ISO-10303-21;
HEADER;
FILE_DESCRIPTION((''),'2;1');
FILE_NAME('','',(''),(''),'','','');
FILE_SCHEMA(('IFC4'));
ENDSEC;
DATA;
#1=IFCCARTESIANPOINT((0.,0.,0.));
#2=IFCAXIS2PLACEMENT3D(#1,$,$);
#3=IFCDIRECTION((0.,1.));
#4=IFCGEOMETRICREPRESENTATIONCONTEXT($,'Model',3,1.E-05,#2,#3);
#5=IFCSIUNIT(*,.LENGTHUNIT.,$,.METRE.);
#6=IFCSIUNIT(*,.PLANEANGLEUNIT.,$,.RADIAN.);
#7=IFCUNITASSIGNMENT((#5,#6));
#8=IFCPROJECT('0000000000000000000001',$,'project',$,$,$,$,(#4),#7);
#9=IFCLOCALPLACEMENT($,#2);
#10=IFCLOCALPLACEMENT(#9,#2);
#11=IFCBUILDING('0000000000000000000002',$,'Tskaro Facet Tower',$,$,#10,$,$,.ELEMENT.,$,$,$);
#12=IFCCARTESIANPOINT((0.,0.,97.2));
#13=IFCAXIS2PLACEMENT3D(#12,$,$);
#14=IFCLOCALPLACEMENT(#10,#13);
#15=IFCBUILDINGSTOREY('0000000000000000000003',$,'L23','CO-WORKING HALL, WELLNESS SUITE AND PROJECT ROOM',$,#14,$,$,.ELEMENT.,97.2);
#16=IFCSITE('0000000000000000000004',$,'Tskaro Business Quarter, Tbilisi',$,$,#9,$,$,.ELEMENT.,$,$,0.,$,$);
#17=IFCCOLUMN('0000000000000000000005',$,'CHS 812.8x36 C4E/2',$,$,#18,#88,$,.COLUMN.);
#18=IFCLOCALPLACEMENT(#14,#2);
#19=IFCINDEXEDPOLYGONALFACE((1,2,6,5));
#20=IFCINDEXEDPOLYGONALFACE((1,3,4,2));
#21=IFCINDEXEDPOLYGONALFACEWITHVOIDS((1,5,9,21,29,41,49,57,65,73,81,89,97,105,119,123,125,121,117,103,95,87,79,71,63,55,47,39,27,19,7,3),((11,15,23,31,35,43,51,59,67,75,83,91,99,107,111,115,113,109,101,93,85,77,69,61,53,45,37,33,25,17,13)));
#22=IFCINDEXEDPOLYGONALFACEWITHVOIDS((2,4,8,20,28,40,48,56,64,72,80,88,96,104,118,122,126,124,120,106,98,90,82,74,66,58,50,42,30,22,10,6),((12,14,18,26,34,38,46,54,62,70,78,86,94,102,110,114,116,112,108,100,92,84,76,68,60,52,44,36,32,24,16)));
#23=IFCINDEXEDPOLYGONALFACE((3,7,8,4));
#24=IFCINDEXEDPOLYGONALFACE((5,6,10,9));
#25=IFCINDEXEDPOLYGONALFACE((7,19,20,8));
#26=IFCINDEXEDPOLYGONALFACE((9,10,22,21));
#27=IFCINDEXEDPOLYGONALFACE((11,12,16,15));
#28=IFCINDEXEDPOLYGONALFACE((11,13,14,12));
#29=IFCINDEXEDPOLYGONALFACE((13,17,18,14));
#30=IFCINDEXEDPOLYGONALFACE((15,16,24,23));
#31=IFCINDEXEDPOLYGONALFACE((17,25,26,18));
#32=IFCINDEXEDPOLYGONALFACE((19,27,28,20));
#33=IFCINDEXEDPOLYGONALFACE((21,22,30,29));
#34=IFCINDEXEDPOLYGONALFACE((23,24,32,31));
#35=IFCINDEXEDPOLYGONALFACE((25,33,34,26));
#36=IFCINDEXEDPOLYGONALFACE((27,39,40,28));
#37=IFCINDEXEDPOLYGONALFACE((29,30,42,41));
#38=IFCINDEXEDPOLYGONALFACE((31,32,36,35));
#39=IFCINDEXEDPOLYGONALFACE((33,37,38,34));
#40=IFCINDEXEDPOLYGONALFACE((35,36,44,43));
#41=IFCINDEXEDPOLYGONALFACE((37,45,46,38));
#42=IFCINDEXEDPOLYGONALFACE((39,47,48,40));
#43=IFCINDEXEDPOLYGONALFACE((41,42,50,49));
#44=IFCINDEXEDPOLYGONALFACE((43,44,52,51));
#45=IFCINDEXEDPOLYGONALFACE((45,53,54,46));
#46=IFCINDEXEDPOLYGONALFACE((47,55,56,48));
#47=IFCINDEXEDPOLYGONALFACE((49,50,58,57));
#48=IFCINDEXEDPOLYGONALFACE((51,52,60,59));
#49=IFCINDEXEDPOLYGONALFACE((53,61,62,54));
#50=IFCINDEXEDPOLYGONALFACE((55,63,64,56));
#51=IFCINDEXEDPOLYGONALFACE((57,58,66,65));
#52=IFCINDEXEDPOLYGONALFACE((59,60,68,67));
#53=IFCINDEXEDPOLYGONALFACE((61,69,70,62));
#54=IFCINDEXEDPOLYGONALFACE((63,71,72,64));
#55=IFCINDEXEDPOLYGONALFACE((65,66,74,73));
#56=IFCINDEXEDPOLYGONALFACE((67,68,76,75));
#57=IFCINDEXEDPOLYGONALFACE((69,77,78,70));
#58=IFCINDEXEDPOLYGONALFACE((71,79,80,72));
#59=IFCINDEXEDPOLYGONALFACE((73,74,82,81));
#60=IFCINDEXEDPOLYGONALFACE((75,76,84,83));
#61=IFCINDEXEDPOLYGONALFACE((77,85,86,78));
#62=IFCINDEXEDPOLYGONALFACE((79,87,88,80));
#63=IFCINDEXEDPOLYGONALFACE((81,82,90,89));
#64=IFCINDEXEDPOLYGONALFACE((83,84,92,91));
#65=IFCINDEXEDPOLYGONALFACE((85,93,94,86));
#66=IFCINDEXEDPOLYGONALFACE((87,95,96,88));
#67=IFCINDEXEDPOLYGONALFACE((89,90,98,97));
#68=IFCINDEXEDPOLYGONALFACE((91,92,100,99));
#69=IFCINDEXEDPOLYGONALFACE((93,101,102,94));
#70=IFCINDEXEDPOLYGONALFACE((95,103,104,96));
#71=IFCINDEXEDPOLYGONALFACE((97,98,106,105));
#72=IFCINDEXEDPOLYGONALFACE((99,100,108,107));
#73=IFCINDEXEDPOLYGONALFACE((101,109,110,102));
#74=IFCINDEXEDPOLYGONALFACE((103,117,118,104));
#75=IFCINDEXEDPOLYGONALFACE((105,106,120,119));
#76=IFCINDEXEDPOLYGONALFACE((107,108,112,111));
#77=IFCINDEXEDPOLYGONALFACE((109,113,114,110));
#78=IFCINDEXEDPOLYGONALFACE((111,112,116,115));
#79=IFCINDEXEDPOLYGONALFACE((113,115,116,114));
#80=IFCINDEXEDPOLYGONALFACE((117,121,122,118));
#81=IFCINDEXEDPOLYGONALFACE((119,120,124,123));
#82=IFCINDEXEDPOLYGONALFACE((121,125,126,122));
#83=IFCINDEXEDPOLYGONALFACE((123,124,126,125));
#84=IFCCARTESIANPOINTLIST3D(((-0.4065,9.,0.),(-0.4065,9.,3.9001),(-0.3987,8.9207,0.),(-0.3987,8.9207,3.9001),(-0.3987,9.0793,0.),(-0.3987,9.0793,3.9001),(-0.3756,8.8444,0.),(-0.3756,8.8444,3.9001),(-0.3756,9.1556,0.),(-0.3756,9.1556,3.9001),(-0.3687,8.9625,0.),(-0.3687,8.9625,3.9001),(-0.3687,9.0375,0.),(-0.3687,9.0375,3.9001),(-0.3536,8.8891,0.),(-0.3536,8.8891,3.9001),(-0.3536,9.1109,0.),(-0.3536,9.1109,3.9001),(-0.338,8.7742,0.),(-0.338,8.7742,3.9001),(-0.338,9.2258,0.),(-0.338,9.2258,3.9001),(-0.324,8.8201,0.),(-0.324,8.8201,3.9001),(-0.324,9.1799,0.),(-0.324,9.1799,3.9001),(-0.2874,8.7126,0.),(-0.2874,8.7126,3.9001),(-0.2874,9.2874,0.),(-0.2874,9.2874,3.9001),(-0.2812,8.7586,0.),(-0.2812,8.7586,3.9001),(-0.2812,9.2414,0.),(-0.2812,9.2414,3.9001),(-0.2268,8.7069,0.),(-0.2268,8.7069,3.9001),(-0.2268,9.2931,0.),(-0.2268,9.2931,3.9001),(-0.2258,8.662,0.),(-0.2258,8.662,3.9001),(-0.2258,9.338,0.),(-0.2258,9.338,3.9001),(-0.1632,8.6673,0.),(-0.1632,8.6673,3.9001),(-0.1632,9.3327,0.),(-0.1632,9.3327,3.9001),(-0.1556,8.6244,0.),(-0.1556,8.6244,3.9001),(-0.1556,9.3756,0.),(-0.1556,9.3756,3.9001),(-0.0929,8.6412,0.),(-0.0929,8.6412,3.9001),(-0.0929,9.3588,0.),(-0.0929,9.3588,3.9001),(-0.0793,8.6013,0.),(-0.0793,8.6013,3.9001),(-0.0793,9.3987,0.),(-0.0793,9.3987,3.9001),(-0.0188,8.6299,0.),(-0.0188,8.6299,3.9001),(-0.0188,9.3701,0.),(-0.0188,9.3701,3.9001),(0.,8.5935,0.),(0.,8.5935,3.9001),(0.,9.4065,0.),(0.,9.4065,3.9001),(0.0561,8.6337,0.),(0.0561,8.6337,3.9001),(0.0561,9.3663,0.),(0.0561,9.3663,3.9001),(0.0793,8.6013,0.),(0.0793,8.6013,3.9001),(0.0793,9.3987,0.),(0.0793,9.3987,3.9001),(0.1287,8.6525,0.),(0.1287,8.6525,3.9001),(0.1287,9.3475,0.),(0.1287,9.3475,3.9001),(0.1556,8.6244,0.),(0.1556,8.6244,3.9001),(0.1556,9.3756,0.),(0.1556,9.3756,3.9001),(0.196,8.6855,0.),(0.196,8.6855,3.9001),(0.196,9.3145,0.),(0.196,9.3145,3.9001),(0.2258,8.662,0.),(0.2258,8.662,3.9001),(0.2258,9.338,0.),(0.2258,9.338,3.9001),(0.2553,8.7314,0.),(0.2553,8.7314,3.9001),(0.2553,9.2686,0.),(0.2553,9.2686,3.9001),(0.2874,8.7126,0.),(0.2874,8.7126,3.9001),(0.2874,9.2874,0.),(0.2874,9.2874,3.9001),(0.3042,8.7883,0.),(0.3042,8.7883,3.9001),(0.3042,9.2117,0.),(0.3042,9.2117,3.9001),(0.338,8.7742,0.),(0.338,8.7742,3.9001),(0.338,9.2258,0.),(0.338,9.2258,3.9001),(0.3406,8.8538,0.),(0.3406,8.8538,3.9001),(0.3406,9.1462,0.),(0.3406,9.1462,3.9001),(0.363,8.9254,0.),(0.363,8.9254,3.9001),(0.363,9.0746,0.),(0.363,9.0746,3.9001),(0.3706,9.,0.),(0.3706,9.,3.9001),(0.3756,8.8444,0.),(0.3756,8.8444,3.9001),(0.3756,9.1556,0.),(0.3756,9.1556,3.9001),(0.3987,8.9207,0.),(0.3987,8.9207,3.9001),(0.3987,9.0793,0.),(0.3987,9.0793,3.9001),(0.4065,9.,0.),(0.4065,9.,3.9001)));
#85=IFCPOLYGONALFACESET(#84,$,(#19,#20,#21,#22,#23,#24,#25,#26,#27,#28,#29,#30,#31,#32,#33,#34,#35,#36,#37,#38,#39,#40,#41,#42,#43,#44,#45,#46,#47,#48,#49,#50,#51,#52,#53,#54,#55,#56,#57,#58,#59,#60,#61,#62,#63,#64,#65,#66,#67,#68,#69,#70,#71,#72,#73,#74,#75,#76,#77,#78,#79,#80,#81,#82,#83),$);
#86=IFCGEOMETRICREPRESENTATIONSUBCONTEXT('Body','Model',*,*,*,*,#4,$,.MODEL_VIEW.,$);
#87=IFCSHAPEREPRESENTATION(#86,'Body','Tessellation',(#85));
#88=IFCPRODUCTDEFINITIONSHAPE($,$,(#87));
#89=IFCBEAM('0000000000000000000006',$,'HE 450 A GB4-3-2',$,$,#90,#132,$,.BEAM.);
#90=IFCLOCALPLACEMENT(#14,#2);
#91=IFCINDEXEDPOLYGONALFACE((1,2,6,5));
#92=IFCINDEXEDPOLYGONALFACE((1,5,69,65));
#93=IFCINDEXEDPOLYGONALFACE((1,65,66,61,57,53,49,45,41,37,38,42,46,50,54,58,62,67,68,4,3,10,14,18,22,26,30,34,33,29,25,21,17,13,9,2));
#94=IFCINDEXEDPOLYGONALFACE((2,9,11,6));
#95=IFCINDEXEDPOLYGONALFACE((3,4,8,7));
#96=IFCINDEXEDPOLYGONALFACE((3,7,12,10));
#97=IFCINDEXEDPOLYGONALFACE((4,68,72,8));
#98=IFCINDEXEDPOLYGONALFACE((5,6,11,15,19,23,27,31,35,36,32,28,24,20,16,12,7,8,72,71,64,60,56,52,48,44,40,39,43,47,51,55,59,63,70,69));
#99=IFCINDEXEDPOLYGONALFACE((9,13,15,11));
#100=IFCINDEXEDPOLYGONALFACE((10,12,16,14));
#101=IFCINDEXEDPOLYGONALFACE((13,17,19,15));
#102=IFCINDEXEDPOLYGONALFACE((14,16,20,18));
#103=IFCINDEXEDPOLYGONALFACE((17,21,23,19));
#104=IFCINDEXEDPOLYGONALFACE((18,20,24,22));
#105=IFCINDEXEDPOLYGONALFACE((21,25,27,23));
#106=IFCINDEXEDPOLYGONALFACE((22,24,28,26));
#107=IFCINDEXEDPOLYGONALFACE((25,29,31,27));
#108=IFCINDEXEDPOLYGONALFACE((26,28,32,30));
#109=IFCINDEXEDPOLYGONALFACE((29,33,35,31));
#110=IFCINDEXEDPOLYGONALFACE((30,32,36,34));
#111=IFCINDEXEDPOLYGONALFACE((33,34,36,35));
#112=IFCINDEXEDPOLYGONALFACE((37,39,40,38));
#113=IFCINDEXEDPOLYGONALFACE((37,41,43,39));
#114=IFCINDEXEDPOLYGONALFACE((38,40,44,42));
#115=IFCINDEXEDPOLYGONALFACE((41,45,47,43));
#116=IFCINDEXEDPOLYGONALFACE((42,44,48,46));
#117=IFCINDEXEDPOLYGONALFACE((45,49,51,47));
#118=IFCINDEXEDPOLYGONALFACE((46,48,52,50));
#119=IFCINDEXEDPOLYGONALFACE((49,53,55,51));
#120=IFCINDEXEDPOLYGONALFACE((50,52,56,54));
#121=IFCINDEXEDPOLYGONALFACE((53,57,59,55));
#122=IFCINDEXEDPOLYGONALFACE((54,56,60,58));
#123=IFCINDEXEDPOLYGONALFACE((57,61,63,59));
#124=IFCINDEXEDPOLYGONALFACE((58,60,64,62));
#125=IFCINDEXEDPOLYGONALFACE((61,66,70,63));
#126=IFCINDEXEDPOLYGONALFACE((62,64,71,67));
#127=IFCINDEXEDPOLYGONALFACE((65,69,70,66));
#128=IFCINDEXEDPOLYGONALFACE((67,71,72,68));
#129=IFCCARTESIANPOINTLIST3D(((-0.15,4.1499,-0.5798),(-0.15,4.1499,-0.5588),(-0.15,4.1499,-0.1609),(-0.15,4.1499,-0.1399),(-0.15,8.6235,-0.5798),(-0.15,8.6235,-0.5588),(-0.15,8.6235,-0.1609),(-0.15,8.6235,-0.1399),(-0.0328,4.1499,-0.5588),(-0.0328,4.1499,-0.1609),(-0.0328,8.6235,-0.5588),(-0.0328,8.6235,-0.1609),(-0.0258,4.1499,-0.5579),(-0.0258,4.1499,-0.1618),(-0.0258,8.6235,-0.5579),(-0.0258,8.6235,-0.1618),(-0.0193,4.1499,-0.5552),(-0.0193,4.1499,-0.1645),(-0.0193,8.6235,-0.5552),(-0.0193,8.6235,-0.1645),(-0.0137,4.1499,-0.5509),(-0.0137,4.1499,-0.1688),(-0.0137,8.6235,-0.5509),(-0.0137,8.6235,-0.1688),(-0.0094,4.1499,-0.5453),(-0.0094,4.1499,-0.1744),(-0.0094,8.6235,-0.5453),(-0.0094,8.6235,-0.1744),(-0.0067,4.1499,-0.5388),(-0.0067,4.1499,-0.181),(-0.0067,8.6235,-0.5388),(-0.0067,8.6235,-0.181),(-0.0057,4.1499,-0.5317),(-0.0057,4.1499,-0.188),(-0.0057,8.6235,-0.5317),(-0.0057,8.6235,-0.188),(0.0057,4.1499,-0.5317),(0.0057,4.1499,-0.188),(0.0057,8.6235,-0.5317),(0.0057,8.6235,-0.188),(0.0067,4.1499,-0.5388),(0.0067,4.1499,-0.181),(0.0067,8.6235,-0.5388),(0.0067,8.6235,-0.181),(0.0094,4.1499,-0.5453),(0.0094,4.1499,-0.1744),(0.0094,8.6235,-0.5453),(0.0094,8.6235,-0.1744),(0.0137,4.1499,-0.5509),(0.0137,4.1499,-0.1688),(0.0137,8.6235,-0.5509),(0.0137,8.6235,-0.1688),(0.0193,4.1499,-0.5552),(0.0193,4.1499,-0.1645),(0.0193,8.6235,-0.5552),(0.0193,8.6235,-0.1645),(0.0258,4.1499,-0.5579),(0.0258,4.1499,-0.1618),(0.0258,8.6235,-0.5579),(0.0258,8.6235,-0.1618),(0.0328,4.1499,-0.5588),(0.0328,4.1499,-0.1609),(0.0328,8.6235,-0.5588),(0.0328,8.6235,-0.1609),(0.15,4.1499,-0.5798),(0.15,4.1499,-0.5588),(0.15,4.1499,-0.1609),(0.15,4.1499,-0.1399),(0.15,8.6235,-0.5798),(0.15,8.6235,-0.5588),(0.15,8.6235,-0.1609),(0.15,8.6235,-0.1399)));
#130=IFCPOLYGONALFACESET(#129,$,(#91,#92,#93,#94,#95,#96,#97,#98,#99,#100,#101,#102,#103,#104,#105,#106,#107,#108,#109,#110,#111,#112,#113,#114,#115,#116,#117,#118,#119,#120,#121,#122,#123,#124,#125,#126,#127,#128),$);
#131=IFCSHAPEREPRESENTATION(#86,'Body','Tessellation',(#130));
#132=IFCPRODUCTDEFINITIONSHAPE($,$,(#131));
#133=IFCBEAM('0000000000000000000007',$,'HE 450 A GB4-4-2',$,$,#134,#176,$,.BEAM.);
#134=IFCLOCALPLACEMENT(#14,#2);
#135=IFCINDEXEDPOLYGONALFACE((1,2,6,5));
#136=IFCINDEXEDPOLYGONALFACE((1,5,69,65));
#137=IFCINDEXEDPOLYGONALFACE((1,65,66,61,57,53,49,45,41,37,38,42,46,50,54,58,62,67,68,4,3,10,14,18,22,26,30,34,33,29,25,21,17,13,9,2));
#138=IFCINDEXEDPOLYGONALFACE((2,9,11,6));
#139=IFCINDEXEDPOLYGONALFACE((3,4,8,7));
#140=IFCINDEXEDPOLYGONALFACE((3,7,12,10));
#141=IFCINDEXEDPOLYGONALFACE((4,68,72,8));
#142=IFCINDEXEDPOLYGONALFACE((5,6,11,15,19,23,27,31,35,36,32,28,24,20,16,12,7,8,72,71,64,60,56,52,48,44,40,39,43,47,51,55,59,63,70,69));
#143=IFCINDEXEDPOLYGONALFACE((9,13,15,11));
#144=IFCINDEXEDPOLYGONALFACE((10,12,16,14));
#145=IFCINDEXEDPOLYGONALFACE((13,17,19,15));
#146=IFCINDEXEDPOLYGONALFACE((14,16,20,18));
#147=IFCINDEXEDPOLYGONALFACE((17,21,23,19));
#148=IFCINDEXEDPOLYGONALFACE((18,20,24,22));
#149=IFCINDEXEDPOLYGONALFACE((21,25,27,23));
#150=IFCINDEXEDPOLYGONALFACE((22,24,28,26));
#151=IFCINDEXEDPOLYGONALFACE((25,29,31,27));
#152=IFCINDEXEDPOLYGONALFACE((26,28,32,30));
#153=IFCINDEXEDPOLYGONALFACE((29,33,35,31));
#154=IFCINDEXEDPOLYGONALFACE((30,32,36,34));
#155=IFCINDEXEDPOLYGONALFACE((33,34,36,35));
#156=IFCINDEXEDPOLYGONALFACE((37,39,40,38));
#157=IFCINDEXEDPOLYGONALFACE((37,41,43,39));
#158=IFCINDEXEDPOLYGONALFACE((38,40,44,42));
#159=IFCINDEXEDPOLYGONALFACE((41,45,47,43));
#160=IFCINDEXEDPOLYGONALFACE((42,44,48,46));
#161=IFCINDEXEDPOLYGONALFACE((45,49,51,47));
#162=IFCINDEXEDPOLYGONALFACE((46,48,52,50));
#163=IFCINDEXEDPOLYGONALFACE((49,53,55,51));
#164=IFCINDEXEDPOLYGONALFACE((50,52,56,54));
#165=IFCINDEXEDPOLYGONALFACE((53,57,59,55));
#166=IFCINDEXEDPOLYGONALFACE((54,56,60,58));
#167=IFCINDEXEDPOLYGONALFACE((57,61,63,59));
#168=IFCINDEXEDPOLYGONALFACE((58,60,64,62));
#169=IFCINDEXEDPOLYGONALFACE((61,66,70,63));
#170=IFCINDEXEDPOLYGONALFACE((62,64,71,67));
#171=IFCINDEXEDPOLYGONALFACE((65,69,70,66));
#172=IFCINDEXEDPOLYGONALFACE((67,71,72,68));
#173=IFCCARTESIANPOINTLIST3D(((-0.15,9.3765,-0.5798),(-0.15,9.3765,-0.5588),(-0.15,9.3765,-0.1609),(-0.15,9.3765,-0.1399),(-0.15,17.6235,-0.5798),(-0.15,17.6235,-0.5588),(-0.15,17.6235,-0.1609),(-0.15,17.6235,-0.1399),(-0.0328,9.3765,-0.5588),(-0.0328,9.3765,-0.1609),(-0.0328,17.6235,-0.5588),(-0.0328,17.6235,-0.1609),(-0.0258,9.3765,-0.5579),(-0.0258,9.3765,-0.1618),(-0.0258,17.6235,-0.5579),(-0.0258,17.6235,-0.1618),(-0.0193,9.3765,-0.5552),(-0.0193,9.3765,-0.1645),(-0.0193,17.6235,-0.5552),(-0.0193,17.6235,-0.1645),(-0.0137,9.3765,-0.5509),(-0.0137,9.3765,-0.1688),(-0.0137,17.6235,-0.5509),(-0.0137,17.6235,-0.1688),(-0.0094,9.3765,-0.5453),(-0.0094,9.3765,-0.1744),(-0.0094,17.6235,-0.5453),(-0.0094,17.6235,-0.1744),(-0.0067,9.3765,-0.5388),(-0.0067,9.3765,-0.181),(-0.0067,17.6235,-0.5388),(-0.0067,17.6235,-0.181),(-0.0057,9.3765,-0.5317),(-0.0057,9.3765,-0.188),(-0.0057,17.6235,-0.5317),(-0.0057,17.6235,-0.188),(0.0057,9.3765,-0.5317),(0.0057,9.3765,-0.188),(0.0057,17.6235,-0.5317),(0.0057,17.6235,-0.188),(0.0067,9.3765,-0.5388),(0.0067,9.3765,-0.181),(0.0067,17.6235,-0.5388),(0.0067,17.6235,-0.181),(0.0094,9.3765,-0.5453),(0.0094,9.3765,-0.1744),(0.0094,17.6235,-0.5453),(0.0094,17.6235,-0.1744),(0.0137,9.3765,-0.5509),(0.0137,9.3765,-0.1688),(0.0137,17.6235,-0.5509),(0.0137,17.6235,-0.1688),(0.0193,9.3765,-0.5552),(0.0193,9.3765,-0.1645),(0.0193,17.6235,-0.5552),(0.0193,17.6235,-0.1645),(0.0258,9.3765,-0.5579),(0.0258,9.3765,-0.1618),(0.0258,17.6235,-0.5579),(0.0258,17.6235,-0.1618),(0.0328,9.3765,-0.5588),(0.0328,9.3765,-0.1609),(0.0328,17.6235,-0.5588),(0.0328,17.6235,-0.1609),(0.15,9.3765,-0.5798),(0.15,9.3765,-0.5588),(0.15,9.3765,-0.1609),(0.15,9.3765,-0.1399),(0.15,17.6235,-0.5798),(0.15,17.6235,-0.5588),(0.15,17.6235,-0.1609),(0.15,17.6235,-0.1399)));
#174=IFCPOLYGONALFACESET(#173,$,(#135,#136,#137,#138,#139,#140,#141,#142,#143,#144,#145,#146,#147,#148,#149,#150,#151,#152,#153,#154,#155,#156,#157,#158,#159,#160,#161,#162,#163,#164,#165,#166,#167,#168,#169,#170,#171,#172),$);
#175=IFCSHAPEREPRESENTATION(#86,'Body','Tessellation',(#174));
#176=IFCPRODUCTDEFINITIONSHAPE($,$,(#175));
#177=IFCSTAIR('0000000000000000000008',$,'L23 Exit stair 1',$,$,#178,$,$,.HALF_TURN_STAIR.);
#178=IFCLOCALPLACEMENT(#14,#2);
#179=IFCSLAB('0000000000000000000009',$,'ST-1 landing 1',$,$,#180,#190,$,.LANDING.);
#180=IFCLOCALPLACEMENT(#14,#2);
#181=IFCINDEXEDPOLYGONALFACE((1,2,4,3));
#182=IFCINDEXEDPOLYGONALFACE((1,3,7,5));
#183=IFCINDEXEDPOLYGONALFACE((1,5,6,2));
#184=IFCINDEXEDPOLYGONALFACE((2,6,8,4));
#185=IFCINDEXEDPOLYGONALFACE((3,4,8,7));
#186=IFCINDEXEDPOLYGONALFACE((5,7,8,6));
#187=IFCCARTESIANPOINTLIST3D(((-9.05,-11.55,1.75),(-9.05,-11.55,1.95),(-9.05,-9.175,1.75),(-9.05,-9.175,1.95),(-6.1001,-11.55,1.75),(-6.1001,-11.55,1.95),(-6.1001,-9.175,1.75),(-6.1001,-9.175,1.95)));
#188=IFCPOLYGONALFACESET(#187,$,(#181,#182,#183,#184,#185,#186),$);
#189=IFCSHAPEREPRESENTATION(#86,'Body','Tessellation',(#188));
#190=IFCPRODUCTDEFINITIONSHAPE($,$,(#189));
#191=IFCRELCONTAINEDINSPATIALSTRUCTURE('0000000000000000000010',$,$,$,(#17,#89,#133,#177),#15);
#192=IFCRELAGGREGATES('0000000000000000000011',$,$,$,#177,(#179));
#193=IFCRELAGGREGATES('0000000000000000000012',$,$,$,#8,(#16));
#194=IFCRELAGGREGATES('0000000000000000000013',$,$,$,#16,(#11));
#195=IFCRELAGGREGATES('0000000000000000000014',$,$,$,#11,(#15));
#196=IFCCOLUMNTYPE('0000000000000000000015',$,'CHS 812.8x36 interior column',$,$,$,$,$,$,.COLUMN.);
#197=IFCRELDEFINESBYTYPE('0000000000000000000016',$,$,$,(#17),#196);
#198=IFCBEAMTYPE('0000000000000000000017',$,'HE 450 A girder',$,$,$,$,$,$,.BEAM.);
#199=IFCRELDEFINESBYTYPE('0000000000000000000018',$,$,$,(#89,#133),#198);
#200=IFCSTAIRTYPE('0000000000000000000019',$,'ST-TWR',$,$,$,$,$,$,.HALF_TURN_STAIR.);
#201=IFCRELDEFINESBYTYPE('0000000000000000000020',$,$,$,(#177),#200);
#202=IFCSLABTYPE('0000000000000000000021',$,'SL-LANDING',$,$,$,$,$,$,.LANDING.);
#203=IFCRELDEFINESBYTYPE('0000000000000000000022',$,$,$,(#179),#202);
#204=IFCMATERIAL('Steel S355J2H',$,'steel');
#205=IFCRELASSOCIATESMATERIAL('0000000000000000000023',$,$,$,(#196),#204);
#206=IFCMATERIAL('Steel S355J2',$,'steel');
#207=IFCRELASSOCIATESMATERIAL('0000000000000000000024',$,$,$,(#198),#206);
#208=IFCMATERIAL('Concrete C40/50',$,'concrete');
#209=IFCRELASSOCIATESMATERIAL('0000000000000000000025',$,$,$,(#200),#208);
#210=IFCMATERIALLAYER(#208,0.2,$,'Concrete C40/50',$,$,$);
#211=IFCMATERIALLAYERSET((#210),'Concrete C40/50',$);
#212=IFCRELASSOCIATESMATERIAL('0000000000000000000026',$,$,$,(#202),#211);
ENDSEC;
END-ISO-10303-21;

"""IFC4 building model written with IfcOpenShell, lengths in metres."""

from ifc_helpers import new_model, si_unit, direction, frame, origin, origin_2d, place, context, subcontext, project, spatial, polyline, hollow_circle, i_section, outline, extrude, material, layer, layer_set, material_profile, profile_set, type_object, element, aggregate, save


model = new_model("IFC4")

# Units and contexts
model_context = context("Model", 3, precision=1e-05, world=origin(), true_north=direction((0.0, 1.0)))
body_context = subcontext(model_context, "Body", "Model", "MODEL_VIEW")
ifc_project = project(units=[si_unit("LENGTHUNIT", "METRE"), si_unit("PLANEANGLEUNIT", "RADIAN")], contexts=[model_context])

# Site, building, storey
site_placement = place(None, origin())
site = spatial("IfcSite", under=ifc_project, at=site_placement, Name="Tskaro Business Quarter, Tbilisi", CompositionType="ELEMENT", RefElevation=0.0)
building_placement = place(site_placement, origin())
building = spatial("IfcBuilding", under=site, at=building_placement, Name="Tskaro Facet Tower", CompositionType="ELEMENT")
storey_placement = place(building_placement, frame((0.0, 0.0, 97.2)))
storey = spatial("IfcBuildingStorey", under=building, at=storey_placement, Name="L23", Description="CO-WORKING HALL, WELLNESS SUITE AND PROJECT ROOM", CompositionType="ELEMENT", Elevation=97.2)

# Column
ifc_material_1 = material(Name="Steel S355J2H", Category="steel")
ifc_material_profile_1 = material_profile(ifc_material_1, hollow_circle(Radius=0.4065, WallThickness=0.0359, at=origin_2d()), Name="CHS 812.8x36")
ifc_profile_set_1 = profile_set([ifc_material_profile_1], Name="Steel S355J2H")
column_type = type_object("IfcColumnType", Name="CHS 812.8x36 interior column", PredefinedType="COLUMN", material=ifc_profile_set_1)
column_placement = place(storey_placement, frame((0.0, 9.0, 0.0), z_axis=(0.0, 0.0, 1.0), x_axis=(1.0, 0.0, 0.0)))
element("IfcColumn", 1, at=column_placement, inside=storey, type_object=column_type, Name="CHS 812.8x36 C4E/2", PredefinedType="COLUMN", context=body_context, shape_type="SweptSolid", body=[
    extrude(hollow_circle(Radius=0.4065, WallThickness=0.0359, at=origin_2d()), origin(), (0.0, 0.0, 1.0), 3.9001),
])

# Beams
ifc_material_2 = material(Name="Steel S355J2", Category="steel")
ifc_material_profile_2 = material_profile(ifc_material_2, i_section(OverallWidth=0.3, OverallDepth=0.4399, WebThickness=0.0115, FlangeThickness=0.021, FilletRadius=0.0271, at=origin_2d()), Name="HE 450 A")
ifc_profile_set_2 = profile_set([ifc_material_profile_2], Name="Steel S355J2")
beam_type = type_object("IfcBeamType", Name="HE 450 A girder", PredefinedType="BEAM", material=ifc_profile_set_2)
beam_1_placement = place(storey_placement, frame((0.0, 4.1499, -0.3599), z_axis=(0.0, 1.0, 0.0), x_axis=(-1.0, 0.0, 0.0)))
element("IfcBeam", 2, at=beam_1_placement, inside=storey, type_object=beam_type, Name="HE 450 A GB4-3-2", PredefinedType="BEAM", context=body_context, shape_type="SweptSolid", body=[
    extrude(i_section(OverallWidth=0.3, OverallDepth=0.4399, WebThickness=0.0115, FlangeThickness=0.021, FilletRadius=0.0271, at=origin_2d()), origin(), (0.0, 0.0, 1.0), 4.4736),
])
beam_2_placement = place(storey_placement, frame((0.0, 9.3765, -0.3599), z_axis=(0.0, 1.0, 0.0), x_axis=(-1.0, 0.0, 0.0)))
element("IfcBeam", 3, at=beam_2_placement, inside=storey, type_object=beam_type, Name="HE 450 A GB4-4-2", PredefinedType="BEAM", context=body_context, shape_type="SweptSolid", body=[
    extrude(i_section(OverallWidth=0.3, OverallDepth=0.4399, WebThickness=0.0115, FlangeThickness=0.021, FilletRadius=0.0271, at=origin_2d()), origin(), (0.0, 0.0, 1.0), 8.2471),
])

# Stair, slab
ifc_material_3 = material(Name="Concrete C40/50", Category="concrete")
stair_type = type_object("IfcStairType", Name="ST-TWR", PredefinedType="HALF_TURN_STAIR", material=ifc_material_3)
stair_1_placement = place(storey_placement, origin())
stair_1 = element("IfcStair", 4, at=stair_1_placement, inside=storey, type_object=stair_type, Name="L23 Exit stair 1", PredefinedType="HALF_TURN_STAIR")
ifc_layer_1 = layer(ifc_material_3, 0.2, Name="Concrete C40/50")
ifc_layer_set_1 = layer_set([ifc_layer_1], Name="Concrete C40/50")
slab_type = type_object("IfcSlabType", Name="SL-LANDING", PredefinedType="LANDING", material=ifc_layer_set_1)
slab_1_placement = place(storey_placement, frame((0.0, 0.0, 1.75)))
slab_1 = element("IfcSlab", 5, at=slab_1_placement, type_object=slab_type, Name="ST-1 landing 1", PredefinedType="LANDING", context=body_context, shape_type="SweptSolid", body=[
    extrude(outline(polyline([(-9.05, -11.55), (-6.1001, -11.55), (-6.1001, -9.175), (-9.05, -9.175), (-9.05, -11.55)])), origin(), (0.0, 0.0, 1.0), 0.2),
])
aggregate(stair_1, [slab_1])

save(model, "model.ifc")
